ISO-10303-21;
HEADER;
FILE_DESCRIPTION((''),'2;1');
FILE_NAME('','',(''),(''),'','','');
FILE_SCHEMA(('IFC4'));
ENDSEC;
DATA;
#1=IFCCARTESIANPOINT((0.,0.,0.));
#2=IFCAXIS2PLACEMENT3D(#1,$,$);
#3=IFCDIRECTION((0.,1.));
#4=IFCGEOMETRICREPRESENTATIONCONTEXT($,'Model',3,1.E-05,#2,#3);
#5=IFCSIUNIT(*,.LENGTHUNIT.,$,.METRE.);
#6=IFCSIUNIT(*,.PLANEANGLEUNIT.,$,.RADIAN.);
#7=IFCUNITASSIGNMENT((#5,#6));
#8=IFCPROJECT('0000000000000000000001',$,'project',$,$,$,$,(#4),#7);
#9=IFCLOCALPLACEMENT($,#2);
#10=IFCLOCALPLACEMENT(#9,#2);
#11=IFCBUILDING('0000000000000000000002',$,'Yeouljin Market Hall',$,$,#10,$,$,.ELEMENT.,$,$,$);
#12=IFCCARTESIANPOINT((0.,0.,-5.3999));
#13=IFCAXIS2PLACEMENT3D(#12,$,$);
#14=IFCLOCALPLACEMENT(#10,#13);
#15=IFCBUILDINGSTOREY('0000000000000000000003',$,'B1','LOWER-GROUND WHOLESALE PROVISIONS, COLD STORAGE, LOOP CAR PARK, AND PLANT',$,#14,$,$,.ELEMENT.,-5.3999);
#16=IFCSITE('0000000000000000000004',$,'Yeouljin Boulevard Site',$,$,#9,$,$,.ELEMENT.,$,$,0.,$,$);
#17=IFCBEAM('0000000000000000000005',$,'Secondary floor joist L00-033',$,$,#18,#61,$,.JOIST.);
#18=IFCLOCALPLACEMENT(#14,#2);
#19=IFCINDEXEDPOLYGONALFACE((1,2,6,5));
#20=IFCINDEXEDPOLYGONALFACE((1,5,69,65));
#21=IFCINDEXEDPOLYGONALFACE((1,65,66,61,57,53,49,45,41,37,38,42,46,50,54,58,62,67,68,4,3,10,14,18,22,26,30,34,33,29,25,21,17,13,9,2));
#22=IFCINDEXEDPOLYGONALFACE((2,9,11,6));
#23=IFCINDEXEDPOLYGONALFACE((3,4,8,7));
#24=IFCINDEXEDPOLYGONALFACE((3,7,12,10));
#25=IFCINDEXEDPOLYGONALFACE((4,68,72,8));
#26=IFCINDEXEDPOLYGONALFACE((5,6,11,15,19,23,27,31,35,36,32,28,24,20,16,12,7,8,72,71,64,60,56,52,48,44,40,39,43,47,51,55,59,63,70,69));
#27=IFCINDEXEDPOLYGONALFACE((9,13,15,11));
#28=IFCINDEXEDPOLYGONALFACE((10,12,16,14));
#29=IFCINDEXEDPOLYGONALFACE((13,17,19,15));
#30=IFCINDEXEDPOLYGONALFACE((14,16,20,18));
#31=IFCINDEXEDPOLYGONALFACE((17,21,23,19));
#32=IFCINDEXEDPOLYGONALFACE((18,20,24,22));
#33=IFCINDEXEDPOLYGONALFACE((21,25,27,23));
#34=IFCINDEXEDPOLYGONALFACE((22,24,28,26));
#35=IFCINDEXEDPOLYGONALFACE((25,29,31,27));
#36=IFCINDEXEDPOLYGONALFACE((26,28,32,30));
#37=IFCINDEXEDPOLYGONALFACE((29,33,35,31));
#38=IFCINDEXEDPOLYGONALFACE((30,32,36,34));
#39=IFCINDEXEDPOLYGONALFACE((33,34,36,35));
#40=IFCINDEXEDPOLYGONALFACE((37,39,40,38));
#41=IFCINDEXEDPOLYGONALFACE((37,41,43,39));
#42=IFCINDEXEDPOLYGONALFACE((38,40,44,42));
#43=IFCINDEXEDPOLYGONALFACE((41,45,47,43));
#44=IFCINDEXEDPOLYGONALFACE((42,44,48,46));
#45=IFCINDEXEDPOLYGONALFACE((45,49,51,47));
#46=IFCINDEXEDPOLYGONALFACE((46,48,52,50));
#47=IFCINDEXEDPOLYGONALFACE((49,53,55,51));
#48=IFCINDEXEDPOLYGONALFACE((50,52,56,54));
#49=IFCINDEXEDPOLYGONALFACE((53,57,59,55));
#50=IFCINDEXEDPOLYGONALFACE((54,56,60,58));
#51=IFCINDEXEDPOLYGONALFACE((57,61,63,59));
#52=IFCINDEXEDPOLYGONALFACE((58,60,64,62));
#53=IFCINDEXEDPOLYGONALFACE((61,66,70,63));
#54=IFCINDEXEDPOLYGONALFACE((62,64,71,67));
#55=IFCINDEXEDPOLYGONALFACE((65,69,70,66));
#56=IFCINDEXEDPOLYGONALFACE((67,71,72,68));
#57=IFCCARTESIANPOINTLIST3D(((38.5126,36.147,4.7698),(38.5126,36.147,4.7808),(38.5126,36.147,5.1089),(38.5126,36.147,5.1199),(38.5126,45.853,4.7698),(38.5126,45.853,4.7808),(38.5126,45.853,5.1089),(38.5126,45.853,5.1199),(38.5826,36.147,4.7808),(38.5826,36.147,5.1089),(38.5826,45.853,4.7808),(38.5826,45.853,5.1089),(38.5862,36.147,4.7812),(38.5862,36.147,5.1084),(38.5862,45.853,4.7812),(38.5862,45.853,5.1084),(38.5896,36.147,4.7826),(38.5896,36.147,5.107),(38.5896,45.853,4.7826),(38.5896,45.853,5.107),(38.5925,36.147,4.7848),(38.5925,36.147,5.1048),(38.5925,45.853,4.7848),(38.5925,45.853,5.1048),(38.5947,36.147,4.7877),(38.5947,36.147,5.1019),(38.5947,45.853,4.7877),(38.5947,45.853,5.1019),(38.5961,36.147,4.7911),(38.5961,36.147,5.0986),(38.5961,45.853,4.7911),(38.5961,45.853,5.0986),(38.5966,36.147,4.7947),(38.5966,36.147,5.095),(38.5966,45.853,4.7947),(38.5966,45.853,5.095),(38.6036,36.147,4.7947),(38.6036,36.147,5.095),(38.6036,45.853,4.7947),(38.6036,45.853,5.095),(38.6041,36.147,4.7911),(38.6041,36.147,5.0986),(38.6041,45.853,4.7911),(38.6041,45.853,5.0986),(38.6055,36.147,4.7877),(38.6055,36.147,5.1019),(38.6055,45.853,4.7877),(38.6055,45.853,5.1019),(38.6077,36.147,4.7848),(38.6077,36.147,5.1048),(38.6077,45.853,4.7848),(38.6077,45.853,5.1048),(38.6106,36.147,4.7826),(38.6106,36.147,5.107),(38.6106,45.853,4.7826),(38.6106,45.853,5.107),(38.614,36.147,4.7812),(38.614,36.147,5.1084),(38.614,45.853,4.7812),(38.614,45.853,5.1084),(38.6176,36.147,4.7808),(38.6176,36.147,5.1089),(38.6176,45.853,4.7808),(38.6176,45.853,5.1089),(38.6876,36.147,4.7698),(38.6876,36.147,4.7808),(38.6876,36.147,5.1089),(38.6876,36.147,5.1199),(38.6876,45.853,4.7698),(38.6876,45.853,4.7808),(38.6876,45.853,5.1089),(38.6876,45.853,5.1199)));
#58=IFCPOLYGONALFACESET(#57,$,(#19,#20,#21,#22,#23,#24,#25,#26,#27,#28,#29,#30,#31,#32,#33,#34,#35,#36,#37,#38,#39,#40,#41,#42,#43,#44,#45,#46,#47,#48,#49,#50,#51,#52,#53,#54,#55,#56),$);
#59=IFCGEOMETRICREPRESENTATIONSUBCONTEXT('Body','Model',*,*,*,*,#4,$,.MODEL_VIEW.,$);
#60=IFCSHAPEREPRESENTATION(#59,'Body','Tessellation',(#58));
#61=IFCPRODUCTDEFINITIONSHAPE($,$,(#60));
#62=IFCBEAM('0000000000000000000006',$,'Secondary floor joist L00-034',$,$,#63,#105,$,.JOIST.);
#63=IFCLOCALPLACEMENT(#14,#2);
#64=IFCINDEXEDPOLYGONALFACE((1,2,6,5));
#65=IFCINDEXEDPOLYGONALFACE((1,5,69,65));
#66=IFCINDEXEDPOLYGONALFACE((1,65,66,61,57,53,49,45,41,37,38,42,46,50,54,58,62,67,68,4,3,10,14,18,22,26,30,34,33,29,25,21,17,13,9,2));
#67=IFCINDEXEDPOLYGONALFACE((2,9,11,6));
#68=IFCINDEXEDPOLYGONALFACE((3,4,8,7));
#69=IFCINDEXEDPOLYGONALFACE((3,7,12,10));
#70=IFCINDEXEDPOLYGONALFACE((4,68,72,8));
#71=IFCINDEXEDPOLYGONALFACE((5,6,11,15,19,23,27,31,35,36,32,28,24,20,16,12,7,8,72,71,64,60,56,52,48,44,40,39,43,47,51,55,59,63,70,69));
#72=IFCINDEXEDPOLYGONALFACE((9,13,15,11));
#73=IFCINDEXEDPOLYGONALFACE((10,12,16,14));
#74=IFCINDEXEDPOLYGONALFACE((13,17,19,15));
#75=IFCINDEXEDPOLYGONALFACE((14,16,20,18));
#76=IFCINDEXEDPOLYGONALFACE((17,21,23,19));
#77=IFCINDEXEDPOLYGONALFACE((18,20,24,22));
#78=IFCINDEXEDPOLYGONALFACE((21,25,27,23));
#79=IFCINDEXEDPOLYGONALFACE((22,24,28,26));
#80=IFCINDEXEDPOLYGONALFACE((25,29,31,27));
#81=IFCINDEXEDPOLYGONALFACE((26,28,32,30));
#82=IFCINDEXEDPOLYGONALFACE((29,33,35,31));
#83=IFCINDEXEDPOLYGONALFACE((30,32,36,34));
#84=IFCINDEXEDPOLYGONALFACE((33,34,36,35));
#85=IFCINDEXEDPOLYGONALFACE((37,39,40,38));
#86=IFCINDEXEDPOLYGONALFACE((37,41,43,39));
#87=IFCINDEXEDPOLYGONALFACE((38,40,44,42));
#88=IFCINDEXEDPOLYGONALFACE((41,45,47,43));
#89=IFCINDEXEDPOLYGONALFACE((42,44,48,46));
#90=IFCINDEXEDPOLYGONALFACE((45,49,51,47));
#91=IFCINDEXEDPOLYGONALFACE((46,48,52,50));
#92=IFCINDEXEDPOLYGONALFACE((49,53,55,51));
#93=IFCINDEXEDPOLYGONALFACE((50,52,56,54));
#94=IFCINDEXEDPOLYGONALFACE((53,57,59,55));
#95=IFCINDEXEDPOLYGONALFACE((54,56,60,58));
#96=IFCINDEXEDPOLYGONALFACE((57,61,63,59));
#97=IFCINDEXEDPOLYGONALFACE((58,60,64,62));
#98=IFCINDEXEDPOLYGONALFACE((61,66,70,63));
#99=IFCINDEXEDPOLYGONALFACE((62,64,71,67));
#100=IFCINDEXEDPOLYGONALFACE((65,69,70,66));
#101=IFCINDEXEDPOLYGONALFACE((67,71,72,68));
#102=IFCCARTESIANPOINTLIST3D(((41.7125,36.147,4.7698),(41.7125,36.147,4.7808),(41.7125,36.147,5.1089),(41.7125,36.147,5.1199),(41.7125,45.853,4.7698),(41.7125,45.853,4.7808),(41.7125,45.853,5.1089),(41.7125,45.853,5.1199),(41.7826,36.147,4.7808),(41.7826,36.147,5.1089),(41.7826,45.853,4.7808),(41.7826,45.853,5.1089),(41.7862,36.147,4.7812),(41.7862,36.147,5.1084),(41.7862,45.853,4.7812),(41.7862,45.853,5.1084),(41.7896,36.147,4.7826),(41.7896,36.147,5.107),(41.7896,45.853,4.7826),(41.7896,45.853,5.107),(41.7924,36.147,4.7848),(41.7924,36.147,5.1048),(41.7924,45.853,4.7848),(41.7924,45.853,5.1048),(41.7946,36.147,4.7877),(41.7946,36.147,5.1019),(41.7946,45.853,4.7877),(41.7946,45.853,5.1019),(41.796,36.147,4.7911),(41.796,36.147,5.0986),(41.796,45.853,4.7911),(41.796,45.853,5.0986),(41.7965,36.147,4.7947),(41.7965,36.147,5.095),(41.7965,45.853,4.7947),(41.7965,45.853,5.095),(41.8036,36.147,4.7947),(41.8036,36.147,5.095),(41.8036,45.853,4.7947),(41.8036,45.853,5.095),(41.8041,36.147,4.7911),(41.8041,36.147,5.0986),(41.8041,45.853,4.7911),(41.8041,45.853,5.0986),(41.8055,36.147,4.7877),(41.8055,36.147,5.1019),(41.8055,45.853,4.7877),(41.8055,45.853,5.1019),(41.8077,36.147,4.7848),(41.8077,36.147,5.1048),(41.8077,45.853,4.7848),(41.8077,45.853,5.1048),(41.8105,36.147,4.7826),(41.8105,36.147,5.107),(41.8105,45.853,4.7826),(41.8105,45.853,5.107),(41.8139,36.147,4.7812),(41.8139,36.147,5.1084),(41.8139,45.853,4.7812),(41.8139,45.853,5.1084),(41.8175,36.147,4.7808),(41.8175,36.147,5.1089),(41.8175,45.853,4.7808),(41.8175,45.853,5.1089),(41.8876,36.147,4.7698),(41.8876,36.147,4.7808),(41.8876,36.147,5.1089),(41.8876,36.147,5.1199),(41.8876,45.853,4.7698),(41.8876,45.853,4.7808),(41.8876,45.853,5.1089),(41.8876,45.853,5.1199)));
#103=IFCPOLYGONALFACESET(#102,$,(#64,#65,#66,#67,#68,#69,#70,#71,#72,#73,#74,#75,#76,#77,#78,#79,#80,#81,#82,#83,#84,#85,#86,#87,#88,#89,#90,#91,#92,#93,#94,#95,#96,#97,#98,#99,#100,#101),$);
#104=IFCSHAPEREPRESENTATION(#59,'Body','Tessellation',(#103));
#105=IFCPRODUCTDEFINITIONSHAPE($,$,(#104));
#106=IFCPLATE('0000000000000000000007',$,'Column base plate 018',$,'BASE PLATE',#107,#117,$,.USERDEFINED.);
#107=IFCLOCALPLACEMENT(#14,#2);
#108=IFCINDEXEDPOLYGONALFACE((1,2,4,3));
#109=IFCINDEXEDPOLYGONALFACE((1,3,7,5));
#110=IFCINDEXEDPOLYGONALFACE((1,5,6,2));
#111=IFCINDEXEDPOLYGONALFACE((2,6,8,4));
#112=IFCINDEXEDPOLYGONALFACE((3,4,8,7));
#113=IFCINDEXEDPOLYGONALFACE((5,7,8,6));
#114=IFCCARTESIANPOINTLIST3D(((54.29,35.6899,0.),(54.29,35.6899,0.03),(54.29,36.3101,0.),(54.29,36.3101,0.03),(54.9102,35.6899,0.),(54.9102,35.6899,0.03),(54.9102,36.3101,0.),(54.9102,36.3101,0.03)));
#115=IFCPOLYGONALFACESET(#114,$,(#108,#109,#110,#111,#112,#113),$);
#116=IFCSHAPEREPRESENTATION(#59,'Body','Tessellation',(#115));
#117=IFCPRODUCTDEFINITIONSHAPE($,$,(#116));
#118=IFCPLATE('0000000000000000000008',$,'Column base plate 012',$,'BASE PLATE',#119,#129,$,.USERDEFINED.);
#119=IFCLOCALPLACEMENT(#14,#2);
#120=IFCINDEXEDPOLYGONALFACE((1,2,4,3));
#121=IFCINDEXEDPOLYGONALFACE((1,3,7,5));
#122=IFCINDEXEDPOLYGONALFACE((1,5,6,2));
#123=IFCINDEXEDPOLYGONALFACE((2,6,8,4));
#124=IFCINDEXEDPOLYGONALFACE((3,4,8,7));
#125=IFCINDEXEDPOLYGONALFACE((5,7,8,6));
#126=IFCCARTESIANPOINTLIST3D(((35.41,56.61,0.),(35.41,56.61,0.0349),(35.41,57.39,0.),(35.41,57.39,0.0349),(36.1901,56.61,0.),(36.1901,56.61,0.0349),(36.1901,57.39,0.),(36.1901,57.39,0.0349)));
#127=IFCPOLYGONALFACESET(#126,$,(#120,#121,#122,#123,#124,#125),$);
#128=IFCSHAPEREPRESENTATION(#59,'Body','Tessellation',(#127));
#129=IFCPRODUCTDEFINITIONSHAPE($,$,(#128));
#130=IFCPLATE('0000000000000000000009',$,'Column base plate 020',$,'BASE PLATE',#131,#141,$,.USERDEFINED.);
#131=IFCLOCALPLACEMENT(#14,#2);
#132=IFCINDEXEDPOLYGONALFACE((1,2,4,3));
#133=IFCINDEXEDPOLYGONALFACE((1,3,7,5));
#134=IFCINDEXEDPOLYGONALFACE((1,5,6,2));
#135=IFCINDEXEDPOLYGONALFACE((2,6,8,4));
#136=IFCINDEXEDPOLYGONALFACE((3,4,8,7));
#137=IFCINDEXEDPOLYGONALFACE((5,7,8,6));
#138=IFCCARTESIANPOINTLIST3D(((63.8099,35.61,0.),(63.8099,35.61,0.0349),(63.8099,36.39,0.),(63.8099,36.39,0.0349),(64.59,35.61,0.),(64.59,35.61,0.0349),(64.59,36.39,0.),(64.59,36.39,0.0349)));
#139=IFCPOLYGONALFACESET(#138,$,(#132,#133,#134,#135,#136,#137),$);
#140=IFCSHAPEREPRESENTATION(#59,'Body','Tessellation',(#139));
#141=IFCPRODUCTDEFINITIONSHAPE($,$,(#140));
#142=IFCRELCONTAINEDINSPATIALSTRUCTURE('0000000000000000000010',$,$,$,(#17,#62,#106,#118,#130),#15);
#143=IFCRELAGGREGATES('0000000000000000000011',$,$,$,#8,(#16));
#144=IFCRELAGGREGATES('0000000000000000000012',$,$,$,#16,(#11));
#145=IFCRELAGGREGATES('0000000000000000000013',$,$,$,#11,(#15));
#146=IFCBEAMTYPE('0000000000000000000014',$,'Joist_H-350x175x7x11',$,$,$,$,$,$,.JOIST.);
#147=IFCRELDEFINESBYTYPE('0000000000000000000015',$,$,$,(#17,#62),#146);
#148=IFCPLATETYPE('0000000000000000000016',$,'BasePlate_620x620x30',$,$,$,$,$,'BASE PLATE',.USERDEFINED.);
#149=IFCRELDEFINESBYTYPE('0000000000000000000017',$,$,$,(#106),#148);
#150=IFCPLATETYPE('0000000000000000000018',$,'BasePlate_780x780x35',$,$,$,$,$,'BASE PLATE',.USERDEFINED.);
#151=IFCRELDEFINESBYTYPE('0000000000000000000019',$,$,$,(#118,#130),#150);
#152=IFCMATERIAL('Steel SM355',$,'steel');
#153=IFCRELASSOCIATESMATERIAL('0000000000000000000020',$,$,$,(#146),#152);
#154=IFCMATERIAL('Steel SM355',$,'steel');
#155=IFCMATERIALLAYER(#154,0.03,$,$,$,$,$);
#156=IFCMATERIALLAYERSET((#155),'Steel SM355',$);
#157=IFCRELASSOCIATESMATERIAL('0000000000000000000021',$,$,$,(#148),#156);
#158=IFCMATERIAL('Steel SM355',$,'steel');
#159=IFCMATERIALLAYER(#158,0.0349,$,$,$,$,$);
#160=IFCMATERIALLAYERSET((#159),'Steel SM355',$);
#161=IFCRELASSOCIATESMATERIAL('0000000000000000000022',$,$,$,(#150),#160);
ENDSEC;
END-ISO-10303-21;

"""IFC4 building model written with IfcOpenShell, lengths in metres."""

from ifc_helpers import new_model, si_unit, direction, frame, origin, origin_2d, place, context, subcontext, project, spatial, rectangle, i_section, extrude, material, layer, layer_set, material_profile, profile_set, type_object, element, save


model = new_model("IFC4")

# Units and contexts
model_context = context("Model", 3, precision=1e-05, world=origin(), true_north=direction((0.0, 1.0)))
body_context = subcontext(model_context, "Body", "Model", "MODEL_VIEW")
ifc_project = project(units=[si_unit("LENGTHUNIT", "METRE"), si_unit("PLANEANGLEUNIT", "RADIAN")], contexts=[model_context])

# Site, building, storey
site_placement = place(None, origin())
site = spatial("IfcSite", under=ifc_project, at=site_placement, Name="Yeouljin Boulevard Site", CompositionType="ELEMENT", RefElevation=0.0)
building_placement = place(site_placement, origin())
building = spatial("IfcBuilding", under=site, at=building_placement, Name="Yeouljin Market Hall", CompositionType="ELEMENT")
storey_placement = place(building_placement, frame((0.0, 0.0, -5.3999)))
storey = spatial("IfcBuildingStorey", under=building, at=storey_placement, Name="B1", Description="LOWER-GROUND WHOLESALE PROVISIONS, COLD STORAGE, LOOP CAR PARK, AND PLANT", CompositionType="ELEMENT", Elevation=-5.3999)

# Beams
ifc_material_1 = material(Name="Steel SM355", Category="steel")
ifc_material_profile_1 = material_profile(ifc_material_1, i_section(OverallWidth=0.175, OverallDepth=0.3501, WebThickness=0.0071, FlangeThickness=0.011, FilletRadius=0.0139, at=origin_2d()), Name="H-350x175x7x11")
ifc_profile_set_1 = profile_set([ifc_material_profile_1], Name="Steel SM355")
beam_type_1 = type_object("IfcBeamType", Name="Joist_H-350x175x7x11", PredefinedType="JOIST", material=ifc_profile_set_1)
for number, where, z_axis, x_axis, name in (
    (1, (38.6001, 36.147, 4.9448), (0.0, 1.0, 0.0), (-1.0, 0.0, 0.0), "Secondary floor joist L00-033"),
    (2, (41.8, 36.147, 4.9448), (0.0, 1.0, 0.0), (-1.0, 0.0, 0.0), "Secondary floor joist L00-034"),
):
    element("IfcBeam", number, at=place(storey_placement, frame(where, z_axis=z_axis, x_axis=x_axis)), inside=storey, type_object=beam_type_1, Name=name, PredefinedType="JOIST", context=body_context, shape_type="SweptSolid", body=[
        extrude(i_section(OverallWidth=0.175, OverallDepth=0.3501, WebThickness=0.0071, FlangeThickness=0.011, FilletRadius=0.0139, at=origin_2d()), origin(), (0.0, 0.0, 1.0), 9.7061),
    ])

# Plates
ifc_material_2 = material(Name="Steel SM355", Category="steel")
ifc_layer_1 = layer(ifc_material_2, 0.03)
ifc_layer_set_1 = layer_set([ifc_layer_1], Name="Steel SM355")
plate_type_1 = type_object("IfcPlateType", Name="BasePlate_620x620x30", ElementType="BASE PLATE", PredefinedType="USERDEFINED", material=ifc_layer_set_1)
plate_placement = place(storey_placement, frame((54.6001, 36.0, 0.0), z_axis=(0.0, 0.0, 1.0), x_axis=(1.0, 0.0, 0.0)))
element("IfcPlate", 3, at=plate_placement, inside=storey, type_object=plate_type_1, Name="Column base plate 018", ObjectType="BASE PLATE", PredefinedType="USERDEFINED", context=body_context, shape_type="SweptSolid", body=[
    extrude(rectangle(XDim=0.6201, YDim=0.6201, at=origin_2d()), origin(), (0.0, 0.0, 1.0), 0.03),
])
ifc_material_3 = material(Name="Steel SM355", Category="steel")
ifc_layer_2 = layer(ifc_material_3, 0.0349)
ifc_layer_set_2 = layer_set([ifc_layer_2], Name="Steel SM355")
plate_type_2 = type_object("IfcPlateType", Name="BasePlate_780x780x35", ElementType="BASE PLATE", PredefinedType="USERDEFINED", material=ifc_layer_set_2)
for number, where, z_axis, x_axis, name in (
    (4, (35.8, 57.0, 0.0), (0.0, 0.0, 1.0), (1.0, 0.0, 0.0), "Column base plate 012"),
    (5, (64.2, 36.0, 0.0), (0.0, 0.0, 1.0), (1.0, 0.0, 0.0), "Column base plate 020"),
):
    element("IfcPlate", number, at=place(storey_placement, frame(where, z_axis=z_axis, x_axis=x_axis)), inside=storey, type_object=plate_type_2, Name=name, ObjectType="BASE PLATE", PredefinedType="USERDEFINED", context=body_context, shape_type="SweptSolid", body=[
        extrude(rectangle(XDim=0.78, YDim=0.78, at=origin_2d()), origin(), (0.0, 0.0, 1.0), 0.0349),
    ])

save(model, "model.ifc")
